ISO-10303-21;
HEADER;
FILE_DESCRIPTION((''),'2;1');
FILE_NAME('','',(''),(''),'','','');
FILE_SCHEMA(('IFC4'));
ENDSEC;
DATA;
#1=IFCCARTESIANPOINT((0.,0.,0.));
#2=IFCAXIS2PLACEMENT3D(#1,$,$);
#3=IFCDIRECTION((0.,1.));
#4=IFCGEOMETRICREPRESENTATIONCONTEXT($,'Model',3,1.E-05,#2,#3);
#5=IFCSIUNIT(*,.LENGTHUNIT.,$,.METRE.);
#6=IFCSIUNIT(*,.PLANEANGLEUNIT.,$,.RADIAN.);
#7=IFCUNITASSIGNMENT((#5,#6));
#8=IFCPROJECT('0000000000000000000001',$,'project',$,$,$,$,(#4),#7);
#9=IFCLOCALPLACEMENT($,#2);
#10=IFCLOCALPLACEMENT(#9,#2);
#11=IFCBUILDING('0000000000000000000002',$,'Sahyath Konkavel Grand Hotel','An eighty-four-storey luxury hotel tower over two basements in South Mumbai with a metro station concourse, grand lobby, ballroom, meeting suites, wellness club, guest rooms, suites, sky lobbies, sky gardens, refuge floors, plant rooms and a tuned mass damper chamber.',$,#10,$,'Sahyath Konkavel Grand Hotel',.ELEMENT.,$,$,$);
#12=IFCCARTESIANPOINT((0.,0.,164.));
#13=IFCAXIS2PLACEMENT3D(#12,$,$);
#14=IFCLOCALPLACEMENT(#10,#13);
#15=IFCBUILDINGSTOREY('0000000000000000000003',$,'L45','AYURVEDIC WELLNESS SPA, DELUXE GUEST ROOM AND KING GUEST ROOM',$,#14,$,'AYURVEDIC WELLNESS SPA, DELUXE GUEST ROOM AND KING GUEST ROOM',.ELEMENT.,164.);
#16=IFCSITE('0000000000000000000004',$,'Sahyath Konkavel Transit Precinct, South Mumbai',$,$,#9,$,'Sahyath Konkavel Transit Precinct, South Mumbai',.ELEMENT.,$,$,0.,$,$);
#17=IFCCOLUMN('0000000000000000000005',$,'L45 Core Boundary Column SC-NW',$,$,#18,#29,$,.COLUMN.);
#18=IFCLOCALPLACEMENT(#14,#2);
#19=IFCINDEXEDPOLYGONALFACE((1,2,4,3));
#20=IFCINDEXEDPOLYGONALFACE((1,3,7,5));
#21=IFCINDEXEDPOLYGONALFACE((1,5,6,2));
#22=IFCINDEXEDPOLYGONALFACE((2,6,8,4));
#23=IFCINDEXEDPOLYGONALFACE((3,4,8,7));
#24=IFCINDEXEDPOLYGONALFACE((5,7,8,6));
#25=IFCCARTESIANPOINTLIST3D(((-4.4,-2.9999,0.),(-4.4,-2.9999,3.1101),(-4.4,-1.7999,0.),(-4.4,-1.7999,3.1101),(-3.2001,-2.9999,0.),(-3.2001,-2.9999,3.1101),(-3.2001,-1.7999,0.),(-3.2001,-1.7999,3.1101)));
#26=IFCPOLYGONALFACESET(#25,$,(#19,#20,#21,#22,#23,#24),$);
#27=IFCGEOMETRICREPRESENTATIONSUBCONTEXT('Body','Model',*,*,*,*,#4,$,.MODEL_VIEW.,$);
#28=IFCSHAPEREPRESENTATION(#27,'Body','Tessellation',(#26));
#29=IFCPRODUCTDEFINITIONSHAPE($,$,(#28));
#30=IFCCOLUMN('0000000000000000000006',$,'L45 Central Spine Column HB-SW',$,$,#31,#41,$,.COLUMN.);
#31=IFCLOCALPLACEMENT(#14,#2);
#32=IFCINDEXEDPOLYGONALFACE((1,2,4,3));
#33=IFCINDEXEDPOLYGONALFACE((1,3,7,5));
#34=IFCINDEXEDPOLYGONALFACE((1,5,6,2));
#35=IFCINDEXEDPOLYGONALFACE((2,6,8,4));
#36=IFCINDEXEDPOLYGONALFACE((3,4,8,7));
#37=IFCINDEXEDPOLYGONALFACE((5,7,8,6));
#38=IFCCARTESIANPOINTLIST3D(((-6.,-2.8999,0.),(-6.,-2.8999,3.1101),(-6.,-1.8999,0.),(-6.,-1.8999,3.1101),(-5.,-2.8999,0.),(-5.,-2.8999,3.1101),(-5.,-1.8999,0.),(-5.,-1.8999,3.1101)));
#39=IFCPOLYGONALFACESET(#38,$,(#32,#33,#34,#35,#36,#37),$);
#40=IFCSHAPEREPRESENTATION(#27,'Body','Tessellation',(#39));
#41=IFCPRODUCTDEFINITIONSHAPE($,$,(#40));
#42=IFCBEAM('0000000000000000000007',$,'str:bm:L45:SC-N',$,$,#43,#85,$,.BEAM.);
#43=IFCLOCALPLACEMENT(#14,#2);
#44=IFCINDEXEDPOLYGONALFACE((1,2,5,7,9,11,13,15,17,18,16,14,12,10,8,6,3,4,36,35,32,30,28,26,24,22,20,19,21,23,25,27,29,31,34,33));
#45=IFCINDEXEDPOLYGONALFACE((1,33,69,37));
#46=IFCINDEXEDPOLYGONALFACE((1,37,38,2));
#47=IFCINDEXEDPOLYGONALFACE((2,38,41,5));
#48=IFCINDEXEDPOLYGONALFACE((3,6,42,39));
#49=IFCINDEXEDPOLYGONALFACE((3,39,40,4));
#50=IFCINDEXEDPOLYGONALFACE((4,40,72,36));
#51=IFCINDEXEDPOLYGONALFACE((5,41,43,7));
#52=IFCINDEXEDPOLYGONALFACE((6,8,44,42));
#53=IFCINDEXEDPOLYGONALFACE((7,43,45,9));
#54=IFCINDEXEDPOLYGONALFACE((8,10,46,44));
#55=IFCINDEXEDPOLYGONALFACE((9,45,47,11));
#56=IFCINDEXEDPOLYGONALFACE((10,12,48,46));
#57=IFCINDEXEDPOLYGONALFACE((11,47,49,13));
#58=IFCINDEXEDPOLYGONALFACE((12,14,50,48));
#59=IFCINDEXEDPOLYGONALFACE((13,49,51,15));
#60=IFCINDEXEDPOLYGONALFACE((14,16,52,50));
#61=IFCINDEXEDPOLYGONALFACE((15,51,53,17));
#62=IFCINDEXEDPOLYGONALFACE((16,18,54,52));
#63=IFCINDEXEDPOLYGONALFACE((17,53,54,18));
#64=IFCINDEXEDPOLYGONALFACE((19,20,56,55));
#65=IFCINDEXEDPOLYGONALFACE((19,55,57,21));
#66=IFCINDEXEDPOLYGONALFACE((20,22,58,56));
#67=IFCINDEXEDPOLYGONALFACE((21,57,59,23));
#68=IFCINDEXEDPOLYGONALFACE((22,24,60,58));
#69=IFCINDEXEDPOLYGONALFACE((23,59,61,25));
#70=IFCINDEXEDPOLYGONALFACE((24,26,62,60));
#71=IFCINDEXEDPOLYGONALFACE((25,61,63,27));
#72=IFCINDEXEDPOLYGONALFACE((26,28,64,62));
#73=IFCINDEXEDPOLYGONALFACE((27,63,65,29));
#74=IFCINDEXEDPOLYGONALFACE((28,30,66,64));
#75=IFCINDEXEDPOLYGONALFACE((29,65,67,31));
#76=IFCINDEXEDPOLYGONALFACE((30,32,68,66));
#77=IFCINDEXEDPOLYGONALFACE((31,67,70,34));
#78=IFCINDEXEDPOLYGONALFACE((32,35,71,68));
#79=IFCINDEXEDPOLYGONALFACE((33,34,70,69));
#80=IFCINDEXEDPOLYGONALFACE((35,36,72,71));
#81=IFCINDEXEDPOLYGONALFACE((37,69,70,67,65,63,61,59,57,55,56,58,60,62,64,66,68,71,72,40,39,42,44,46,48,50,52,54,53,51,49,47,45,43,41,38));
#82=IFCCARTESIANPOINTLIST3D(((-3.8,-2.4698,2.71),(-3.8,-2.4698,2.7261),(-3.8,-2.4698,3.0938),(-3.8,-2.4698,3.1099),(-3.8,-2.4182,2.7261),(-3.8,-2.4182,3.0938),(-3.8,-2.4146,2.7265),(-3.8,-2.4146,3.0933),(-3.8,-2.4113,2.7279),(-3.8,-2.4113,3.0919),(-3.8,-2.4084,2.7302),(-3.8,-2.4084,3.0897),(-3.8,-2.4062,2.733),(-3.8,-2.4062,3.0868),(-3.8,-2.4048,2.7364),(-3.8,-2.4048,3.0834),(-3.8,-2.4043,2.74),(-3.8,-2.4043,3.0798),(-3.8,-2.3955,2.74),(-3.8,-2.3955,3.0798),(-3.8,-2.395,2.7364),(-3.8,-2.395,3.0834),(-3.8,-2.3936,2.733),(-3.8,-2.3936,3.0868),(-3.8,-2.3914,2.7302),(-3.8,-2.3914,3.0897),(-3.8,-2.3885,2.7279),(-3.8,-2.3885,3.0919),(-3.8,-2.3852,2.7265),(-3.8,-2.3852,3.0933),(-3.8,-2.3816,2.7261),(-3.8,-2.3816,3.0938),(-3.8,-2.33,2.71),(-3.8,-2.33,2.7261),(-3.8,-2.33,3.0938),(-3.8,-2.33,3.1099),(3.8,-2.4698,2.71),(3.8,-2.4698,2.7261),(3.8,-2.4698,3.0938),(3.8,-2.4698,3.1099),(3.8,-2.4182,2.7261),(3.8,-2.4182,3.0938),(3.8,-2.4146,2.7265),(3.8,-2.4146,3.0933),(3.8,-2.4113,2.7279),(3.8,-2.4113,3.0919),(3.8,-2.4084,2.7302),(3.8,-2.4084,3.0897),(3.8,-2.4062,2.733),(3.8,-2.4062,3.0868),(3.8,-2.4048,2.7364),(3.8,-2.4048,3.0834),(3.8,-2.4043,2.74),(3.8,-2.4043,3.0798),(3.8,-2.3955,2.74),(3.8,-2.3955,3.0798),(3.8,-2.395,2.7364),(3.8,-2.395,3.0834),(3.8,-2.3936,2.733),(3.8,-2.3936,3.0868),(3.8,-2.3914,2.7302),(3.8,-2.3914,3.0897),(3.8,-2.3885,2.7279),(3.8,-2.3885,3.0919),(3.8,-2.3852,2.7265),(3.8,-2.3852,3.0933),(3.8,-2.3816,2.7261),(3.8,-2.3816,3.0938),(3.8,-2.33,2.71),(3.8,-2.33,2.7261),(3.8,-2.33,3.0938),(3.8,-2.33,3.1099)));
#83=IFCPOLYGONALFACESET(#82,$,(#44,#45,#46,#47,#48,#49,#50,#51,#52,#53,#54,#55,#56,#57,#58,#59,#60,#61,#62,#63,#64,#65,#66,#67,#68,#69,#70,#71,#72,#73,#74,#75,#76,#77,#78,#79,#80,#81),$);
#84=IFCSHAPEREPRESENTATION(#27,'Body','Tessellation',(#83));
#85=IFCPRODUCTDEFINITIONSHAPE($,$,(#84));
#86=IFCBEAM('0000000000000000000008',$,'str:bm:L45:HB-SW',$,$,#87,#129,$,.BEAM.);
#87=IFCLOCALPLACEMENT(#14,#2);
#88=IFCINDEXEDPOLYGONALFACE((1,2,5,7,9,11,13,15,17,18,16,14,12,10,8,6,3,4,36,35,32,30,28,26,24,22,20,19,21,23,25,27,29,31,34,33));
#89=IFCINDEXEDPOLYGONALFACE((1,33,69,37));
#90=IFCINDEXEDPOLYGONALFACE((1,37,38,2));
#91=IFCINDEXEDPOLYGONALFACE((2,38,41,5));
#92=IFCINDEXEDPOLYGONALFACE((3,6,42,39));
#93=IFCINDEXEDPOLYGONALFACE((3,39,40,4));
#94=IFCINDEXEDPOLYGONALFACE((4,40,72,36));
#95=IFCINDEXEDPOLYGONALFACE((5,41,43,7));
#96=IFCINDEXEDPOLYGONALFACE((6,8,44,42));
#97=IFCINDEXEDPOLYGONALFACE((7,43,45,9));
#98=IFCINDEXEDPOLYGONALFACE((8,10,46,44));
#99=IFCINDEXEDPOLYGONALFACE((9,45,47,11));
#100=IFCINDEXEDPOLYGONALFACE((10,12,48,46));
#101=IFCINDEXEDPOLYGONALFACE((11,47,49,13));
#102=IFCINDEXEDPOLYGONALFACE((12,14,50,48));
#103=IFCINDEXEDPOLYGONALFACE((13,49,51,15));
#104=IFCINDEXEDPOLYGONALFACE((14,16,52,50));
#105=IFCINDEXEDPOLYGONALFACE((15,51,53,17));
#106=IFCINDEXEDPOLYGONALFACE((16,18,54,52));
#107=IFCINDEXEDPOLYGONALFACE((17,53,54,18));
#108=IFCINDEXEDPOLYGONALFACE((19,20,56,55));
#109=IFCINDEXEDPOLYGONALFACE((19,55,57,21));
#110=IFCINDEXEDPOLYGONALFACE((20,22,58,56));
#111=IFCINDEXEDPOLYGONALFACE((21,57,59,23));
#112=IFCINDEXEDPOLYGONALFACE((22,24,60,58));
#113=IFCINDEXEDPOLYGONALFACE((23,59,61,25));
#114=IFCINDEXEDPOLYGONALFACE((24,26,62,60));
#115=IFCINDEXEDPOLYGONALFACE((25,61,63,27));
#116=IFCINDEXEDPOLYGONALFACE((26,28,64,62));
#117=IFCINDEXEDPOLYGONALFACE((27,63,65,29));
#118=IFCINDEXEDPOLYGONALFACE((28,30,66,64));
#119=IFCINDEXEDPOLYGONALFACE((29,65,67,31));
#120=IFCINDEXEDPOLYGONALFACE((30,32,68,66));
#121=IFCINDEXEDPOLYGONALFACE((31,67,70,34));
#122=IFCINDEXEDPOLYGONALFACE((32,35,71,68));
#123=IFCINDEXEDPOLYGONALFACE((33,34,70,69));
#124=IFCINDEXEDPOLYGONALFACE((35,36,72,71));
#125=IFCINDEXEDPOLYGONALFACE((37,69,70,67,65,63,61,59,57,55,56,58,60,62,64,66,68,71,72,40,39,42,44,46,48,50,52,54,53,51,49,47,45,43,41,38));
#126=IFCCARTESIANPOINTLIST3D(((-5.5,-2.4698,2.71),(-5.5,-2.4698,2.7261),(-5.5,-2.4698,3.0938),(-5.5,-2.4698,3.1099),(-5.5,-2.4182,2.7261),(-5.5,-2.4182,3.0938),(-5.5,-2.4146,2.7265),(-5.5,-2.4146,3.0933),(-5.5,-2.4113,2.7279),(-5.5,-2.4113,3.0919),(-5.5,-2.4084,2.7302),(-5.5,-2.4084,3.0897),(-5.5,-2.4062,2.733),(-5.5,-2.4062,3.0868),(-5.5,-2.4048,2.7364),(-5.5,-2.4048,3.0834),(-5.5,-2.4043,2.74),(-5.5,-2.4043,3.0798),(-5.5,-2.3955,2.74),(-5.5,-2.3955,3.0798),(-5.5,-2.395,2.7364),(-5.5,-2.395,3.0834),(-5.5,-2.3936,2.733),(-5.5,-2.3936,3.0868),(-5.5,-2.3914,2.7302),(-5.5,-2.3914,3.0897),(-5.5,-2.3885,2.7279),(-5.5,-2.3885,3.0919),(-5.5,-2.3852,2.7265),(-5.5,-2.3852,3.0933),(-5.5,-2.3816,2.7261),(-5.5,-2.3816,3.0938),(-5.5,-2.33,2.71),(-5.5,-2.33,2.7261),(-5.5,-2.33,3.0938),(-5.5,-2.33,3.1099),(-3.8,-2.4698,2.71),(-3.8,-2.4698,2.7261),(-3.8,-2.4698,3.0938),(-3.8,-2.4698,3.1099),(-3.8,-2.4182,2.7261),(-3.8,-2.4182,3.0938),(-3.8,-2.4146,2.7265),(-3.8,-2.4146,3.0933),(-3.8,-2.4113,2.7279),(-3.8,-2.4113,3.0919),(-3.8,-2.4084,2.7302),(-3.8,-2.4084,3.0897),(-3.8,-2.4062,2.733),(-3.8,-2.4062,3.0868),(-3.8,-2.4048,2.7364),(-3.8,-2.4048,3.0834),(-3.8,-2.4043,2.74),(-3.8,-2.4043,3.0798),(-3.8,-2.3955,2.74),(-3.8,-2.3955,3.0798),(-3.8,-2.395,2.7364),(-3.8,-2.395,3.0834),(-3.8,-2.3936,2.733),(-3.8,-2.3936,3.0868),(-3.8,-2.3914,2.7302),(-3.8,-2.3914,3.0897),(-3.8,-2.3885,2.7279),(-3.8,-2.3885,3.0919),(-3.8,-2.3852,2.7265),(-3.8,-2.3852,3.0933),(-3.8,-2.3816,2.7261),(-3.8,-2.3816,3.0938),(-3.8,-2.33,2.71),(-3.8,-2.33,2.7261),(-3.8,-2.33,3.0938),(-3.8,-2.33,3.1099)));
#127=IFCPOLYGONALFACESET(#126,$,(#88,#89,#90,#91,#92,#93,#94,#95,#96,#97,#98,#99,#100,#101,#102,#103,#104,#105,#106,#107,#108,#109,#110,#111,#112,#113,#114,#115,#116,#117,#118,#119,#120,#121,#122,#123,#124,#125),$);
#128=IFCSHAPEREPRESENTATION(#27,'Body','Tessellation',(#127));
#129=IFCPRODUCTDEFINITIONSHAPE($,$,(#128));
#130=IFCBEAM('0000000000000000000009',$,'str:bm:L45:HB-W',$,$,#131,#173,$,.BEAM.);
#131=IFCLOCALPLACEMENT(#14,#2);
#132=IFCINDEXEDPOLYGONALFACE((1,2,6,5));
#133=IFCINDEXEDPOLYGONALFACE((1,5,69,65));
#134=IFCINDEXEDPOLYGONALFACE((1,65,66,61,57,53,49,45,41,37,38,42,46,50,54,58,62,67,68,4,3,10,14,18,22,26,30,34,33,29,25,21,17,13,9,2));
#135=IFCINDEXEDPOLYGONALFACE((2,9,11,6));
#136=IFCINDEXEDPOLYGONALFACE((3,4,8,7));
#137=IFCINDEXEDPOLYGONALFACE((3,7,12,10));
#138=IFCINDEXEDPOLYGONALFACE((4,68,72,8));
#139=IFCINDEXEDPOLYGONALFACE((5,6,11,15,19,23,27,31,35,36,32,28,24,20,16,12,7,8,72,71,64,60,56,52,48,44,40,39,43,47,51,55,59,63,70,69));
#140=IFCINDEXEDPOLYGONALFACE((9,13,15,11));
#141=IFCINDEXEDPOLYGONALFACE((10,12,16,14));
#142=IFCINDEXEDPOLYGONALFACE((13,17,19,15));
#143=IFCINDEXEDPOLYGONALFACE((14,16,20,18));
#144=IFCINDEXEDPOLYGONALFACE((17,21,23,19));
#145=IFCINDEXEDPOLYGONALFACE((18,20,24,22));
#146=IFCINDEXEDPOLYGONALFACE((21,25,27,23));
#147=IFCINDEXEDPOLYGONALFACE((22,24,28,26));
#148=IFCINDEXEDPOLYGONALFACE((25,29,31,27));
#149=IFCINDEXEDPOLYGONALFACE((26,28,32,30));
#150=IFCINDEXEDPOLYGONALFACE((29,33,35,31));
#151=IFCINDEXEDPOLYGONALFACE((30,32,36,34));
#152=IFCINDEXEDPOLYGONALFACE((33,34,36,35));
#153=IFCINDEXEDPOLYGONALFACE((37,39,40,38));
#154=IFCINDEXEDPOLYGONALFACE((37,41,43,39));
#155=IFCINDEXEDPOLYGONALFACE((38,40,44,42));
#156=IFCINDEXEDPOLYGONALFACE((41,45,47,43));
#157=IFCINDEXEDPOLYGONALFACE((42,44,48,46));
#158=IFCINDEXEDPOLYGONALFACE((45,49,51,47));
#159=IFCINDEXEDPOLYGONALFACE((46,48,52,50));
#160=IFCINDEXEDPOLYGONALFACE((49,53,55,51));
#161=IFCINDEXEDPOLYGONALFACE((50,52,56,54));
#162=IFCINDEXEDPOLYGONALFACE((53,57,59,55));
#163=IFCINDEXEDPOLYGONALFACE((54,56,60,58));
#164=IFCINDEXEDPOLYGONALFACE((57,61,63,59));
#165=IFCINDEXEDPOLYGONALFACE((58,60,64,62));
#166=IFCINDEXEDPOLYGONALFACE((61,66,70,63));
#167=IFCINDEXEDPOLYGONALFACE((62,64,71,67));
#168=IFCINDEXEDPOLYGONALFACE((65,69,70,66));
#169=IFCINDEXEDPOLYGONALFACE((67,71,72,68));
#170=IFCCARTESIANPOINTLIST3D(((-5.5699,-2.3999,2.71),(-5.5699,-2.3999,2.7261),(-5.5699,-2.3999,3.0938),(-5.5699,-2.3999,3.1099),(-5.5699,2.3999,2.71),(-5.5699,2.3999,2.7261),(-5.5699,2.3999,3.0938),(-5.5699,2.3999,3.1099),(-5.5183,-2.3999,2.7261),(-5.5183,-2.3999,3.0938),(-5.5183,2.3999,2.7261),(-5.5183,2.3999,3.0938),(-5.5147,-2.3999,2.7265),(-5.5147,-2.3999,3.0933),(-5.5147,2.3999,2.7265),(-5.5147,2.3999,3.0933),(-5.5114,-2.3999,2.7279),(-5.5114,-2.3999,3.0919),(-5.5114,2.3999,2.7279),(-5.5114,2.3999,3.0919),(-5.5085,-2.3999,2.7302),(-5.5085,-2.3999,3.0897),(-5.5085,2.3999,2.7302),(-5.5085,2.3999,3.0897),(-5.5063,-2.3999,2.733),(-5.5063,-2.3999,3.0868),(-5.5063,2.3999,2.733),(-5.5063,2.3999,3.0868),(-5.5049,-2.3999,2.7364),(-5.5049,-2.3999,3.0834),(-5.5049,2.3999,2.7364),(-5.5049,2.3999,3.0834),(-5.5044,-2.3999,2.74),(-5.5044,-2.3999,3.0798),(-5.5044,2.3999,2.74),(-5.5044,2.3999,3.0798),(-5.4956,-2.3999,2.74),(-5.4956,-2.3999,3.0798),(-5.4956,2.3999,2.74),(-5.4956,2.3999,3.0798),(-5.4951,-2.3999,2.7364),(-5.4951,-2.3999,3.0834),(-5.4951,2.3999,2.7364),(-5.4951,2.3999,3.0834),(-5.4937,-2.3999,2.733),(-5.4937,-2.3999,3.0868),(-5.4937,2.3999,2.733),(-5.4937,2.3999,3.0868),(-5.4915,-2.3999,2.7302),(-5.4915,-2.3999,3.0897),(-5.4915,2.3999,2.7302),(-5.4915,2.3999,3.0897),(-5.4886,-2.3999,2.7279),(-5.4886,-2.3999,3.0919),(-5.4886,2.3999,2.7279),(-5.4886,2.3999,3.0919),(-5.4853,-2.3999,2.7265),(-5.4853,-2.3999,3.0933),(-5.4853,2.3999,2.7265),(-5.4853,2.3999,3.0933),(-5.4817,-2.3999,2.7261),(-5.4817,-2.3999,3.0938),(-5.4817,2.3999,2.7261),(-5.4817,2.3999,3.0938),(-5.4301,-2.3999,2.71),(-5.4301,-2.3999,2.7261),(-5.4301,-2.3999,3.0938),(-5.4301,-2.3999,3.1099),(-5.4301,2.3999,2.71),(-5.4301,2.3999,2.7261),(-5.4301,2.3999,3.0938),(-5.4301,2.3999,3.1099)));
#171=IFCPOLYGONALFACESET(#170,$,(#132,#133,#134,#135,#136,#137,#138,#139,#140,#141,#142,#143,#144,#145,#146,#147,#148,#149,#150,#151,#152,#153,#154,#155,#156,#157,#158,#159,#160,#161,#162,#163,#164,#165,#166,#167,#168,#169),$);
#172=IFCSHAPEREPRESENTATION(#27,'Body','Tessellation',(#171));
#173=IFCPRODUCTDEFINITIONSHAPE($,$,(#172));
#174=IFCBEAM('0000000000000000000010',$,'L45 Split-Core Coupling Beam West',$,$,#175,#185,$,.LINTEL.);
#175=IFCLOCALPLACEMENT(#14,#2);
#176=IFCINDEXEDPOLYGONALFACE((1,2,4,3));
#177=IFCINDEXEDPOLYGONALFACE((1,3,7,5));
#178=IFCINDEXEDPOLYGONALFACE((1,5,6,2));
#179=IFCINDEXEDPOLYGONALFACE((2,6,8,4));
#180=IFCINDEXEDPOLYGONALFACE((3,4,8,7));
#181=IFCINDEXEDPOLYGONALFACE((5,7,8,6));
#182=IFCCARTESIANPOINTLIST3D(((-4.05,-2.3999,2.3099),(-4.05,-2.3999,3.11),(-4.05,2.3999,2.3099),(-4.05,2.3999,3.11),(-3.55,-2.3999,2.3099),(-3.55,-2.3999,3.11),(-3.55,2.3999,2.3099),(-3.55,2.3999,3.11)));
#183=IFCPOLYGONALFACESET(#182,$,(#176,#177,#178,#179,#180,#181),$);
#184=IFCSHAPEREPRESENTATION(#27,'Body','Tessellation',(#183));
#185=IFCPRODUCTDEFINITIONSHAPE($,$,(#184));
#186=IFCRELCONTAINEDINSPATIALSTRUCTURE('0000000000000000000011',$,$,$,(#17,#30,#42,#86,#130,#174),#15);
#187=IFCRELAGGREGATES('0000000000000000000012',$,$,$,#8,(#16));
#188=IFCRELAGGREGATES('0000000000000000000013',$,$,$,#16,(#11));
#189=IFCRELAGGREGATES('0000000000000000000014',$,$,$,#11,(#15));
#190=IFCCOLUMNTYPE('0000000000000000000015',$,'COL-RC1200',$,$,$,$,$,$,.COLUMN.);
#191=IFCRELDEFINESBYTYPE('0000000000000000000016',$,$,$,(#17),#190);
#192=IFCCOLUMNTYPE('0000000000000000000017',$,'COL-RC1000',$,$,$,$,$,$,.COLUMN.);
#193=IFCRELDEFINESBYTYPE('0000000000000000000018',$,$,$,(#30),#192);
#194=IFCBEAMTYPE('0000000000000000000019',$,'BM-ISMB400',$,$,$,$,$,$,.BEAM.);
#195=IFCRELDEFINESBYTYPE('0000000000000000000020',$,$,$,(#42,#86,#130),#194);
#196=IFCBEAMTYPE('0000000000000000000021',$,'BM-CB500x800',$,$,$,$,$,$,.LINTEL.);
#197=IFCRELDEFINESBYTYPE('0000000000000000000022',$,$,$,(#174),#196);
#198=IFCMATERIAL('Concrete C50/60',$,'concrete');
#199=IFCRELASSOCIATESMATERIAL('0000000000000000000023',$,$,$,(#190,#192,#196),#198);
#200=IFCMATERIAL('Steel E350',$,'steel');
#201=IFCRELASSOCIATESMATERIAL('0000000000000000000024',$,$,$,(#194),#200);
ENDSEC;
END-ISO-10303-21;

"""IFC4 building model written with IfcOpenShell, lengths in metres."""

from ifc_helpers import new_model, si_unit, direction, frame, origin, origin_2d, place, context, subcontext, project, spatial, rectangle, i_section, extrude, source, transform, mapped, material, material_profile, profile_set, type_object, element, save


model = new_model("IFC4")

# Units and contexts
model_context = context("Model", 3, precision=1e-05, world=origin(), true_north=direction((0.0, 1.0)))
body_context = subcontext(model_context, "Body", "Model", "MODEL_VIEW")
ifc_project = project(units=[si_unit("LENGTHUNIT", "METRE"), si_unit("PLANEANGLEUNIT", "RADIAN")], contexts=[model_context])

# Site, building, storey
site_placement = place(None, origin())
site = spatial("IfcSite", under=ifc_project, at=site_placement, Name="Sahyath Konkavel Transit Precinct, South Mumbai", LongName="Sahyath Konkavel Transit Precinct, South Mumbai", CompositionType="ELEMENT", RefElevation=0.0)
building_placement = place(site_placement, origin())
building = spatial("IfcBuilding", under=site, at=building_placement, Name="Sahyath Konkavel Grand Hotel", Description="An eighty-four-storey luxury hotel tower over two basements in South Mumbai with a metro station concourse, grand lobby, ballroom, meeting suites, wellness club, guest rooms, suites, sky lobbies, sky gardens, refuge floors, plant rooms and a tuned mass damper chamber.", LongName="Sahyath Konkavel Grand Hotel", CompositionType="ELEMENT")
storey_placement = place(building_placement, frame((0.0, 0.0, 164.0)))
storey = spatial("IfcBuildingStorey", under=building, at=storey_placement, Name="L45", Description="AYURVEDIC WELLNESS SPA, DELUXE GUEST ROOM AND KING GUEST ROOM", LongName="AYURVEDIC WELLNESS SPA, DELUXE GUEST ROOM AND KING GUEST ROOM", CompositionType="ELEMENT", Elevation=164.0)

# Columns
ifc_material_1 = material(Name="Concrete C50/60", Category="concrete")
ifc_material_profile_1 = material_profile(ifc_material_1, rectangle(XDim=1.2, YDim=1.2, at=origin_2d()), Name="RC 1200x1200")
ifc_profile_set_1 = profile_set([ifc_material_profile_1], Name="Concrete C50/60")
column_type_1 = type_object("IfcColumnType", Name="COL-RC1200", PredefinedType="COLUMN", material=ifc_profile_set_1)
shared_shape_1 = source(origin(), body_context, "Body", "SweptSolid", [
    extrude(rectangle(XDim=1.2, YDim=1.2, at=origin_2d()), origin(), (0.0, 0.0, 1.0), 3.1101),
])
column_1_placement = place(storey_placement, frame((-3.8, -2.3999, 0.0), z_axis=(0.0, 0.0, 1.0), x_axis=(1.0, 0.0, 0.0)))
element("IfcColumn", 1, at=column_1_placement, inside=storey, type_object=column_type_1, Name="L45 Core Boundary Column SC-NW", PredefinedType="COLUMN", context=body_context, shape_type="MappedRepresentation", body=[
    mapped(shared_shape_1, transform((0.0, 0.0, 0.0), scale=1.0)),
])
ifc_material_profile_2 = material_profile(ifc_material_1, rectangle(XDim=1.0, YDim=1.0, at=origin_2d()), Name="RC 1000x1000")
ifc_profile_set_2 = profile_set([ifc_material_profile_2], Name="Concrete C50/60")
column_type_2 = type_object("IfcColumnType", Name="COL-RC1000", PredefinedType="COLUMN", material=ifc_profile_set_2)
shared_shape_2 = source(origin(), body_context, "Body", "SweptSolid", [
    extrude(rectangle(XDim=1.0, YDim=1.0, at=origin_2d()), origin(), (0.0, 0.0, 1.0), 3.1101),
])
column_2_placement = place(storey_placement, frame((-5.5, -2.3999, 0.0), z_axis=(0.0, 0.0, 1.0), x_axis=(1.0, 0.0, 0.0)))
element("IfcColumn", 2, at=column_2_placement, inside=storey, type_object=column_type_2, Name="L45 Central Spine Column HB-SW", PredefinedType="COLUMN", context=body_context, shape_type="MappedRepresentation", body=[
    mapped(shared_shape_2, transform((0.0, 0.0, 0.0), scale=1.0)),
])

# Beams
ifc_material_2 = material(Name="Steel E350", Category="steel")
ifc_material_profile_3 = material_profile(ifc_material_2, i_section(OverallWidth=0.1399, OverallDepth=0.3999, WebThickness=0.0088, FlangeThickness=0.0161, FilletRadius=0.0139, at=origin_2d()), Name="ISMB 400")
ifc_profile_set_3 = profile_set([ifc_material_profile_3], Name="Steel E350")
beam_type_1 = type_object("IfcBeamType", Name="BM-ISMB400", PredefinedType="BEAM", material=ifc_profile_set_3)
shared_shape_3 = source(origin(), body_context, "Body", "SweptSolid", [
    extrude(i_section(OverallWidth=0.1399, OverallDepth=0.3999, WebThickness=0.0088, FlangeThickness=0.0161, FilletRadius=0.0139, at=origin_2d()), origin(), (0.0, 0.0, 1.0), 7.6001),
])
beam_1_placement = place(storey_placement, frame((-3.8, -2.3999, 2.9099), z_axis=(1.0, 0.0, 0.0), x_axis=(0.0, 1.0, 0.0)))
element("IfcBeam", 3, at=beam_1_placement, inside=storey, type_object=beam_type_1, Name="str:bm:L45:SC-N", PredefinedType="BEAM", context=body_context, shape_type="MappedRepresentation", body=[
    mapped(shared_shape_3, transform((0.0, 0.0, 0.0), scale=1.0)),
])
shared_shape_4 = source(origin(), body_context, "Body", "SweptSolid", [
    extrude(i_section(OverallWidth=0.1399, OverallDepth=0.3999, WebThickness=0.0088, FlangeThickness=0.0161, FilletRadius=0.0139, at=origin_2d()), origin(), (0.0, 0.0, 1.0), 1.7),
])
beam_2_placement = place(storey_placement, frame((-5.5, -2.3999, 2.9099), z_axis=(1.0, 0.0, 0.0), x_axis=(0.0, 1.0, 0.0)))
element("IfcBeam", 4, at=beam_2_placement, inside=storey, type_object=beam_type_1, Name="str:bm:L45:HB-SW", PredefinedType="BEAM", context=body_context, shape_type="MappedRepresentation", body=[
    mapped(shared_shape_4, transform((0.0, 0.0, 0.0), scale=1.0)),
])
shared_shape_5 = source(origin(), body_context, "Body", "SweptSolid", [
    extrude(i_section(OverallWidth=0.1399, OverallDepth=0.3999, WebThickness=0.0088, FlangeThickness=0.0161, FilletRadius=0.0139, at=origin_2d()), origin(), (0.0, 0.0, 1.0), 4.7998),
])
beam_3_placement = place(storey_placement, frame((-5.5, -2.3999, 2.9099), z_axis=(0.0, 1.0, 0.0), x_axis=(-1.0, 0.0, 0.0)))
element("IfcBeam", 5, at=beam_3_placement, inside=storey, type_object=beam_type_1, Name="str:bm:L45:HB-W", PredefinedType="BEAM", context=body_context, shape_type="MappedRepresentation", body=[
    mapped(shared_shape_5, transform((0.0, 0.0, 0.0), scale=1.0)),
])
ifc_material_profile_4 = material_profile(ifc_material_1, rectangle(XDim=0.5, YDim=0.8, at=origin_2d()), Name="RC 500x800")
ifc_profile_set_4 = profile_set([ifc_material_profile_4], Name="Concrete C50/60")
beam_type_2 = type_object("IfcBeamType", Name="BM-CB500x800", PredefinedType="LINTEL", material=ifc_profile_set_4)
shared_shape_6 = source(origin(), body_context, "Body", "SweptSolid", [
    extrude(rectangle(XDim=0.5, YDim=0.8, at=origin_2d()), origin(), (0.0, 0.0, 1.0), 4.7998),
])
beam_4_placement = place(storey_placement, frame((-3.8, -2.3999, 2.71), z_axis=(0.0, 1.0, 0.0), x_axis=(-1.0, 0.0, 0.0)))
element("IfcBeam", 6, at=beam_4_placement, inside=storey, type_object=beam_type_2, Name="L45 Split-Core Coupling Beam West", PredefinedType="LINTEL", context=body_context, shape_type="MappedRepresentation", body=[
    mapped(shared_shape_6, transform((0.0, 0.0, 0.0), scale=1.0)),
])

save(model, "model.ifc")
